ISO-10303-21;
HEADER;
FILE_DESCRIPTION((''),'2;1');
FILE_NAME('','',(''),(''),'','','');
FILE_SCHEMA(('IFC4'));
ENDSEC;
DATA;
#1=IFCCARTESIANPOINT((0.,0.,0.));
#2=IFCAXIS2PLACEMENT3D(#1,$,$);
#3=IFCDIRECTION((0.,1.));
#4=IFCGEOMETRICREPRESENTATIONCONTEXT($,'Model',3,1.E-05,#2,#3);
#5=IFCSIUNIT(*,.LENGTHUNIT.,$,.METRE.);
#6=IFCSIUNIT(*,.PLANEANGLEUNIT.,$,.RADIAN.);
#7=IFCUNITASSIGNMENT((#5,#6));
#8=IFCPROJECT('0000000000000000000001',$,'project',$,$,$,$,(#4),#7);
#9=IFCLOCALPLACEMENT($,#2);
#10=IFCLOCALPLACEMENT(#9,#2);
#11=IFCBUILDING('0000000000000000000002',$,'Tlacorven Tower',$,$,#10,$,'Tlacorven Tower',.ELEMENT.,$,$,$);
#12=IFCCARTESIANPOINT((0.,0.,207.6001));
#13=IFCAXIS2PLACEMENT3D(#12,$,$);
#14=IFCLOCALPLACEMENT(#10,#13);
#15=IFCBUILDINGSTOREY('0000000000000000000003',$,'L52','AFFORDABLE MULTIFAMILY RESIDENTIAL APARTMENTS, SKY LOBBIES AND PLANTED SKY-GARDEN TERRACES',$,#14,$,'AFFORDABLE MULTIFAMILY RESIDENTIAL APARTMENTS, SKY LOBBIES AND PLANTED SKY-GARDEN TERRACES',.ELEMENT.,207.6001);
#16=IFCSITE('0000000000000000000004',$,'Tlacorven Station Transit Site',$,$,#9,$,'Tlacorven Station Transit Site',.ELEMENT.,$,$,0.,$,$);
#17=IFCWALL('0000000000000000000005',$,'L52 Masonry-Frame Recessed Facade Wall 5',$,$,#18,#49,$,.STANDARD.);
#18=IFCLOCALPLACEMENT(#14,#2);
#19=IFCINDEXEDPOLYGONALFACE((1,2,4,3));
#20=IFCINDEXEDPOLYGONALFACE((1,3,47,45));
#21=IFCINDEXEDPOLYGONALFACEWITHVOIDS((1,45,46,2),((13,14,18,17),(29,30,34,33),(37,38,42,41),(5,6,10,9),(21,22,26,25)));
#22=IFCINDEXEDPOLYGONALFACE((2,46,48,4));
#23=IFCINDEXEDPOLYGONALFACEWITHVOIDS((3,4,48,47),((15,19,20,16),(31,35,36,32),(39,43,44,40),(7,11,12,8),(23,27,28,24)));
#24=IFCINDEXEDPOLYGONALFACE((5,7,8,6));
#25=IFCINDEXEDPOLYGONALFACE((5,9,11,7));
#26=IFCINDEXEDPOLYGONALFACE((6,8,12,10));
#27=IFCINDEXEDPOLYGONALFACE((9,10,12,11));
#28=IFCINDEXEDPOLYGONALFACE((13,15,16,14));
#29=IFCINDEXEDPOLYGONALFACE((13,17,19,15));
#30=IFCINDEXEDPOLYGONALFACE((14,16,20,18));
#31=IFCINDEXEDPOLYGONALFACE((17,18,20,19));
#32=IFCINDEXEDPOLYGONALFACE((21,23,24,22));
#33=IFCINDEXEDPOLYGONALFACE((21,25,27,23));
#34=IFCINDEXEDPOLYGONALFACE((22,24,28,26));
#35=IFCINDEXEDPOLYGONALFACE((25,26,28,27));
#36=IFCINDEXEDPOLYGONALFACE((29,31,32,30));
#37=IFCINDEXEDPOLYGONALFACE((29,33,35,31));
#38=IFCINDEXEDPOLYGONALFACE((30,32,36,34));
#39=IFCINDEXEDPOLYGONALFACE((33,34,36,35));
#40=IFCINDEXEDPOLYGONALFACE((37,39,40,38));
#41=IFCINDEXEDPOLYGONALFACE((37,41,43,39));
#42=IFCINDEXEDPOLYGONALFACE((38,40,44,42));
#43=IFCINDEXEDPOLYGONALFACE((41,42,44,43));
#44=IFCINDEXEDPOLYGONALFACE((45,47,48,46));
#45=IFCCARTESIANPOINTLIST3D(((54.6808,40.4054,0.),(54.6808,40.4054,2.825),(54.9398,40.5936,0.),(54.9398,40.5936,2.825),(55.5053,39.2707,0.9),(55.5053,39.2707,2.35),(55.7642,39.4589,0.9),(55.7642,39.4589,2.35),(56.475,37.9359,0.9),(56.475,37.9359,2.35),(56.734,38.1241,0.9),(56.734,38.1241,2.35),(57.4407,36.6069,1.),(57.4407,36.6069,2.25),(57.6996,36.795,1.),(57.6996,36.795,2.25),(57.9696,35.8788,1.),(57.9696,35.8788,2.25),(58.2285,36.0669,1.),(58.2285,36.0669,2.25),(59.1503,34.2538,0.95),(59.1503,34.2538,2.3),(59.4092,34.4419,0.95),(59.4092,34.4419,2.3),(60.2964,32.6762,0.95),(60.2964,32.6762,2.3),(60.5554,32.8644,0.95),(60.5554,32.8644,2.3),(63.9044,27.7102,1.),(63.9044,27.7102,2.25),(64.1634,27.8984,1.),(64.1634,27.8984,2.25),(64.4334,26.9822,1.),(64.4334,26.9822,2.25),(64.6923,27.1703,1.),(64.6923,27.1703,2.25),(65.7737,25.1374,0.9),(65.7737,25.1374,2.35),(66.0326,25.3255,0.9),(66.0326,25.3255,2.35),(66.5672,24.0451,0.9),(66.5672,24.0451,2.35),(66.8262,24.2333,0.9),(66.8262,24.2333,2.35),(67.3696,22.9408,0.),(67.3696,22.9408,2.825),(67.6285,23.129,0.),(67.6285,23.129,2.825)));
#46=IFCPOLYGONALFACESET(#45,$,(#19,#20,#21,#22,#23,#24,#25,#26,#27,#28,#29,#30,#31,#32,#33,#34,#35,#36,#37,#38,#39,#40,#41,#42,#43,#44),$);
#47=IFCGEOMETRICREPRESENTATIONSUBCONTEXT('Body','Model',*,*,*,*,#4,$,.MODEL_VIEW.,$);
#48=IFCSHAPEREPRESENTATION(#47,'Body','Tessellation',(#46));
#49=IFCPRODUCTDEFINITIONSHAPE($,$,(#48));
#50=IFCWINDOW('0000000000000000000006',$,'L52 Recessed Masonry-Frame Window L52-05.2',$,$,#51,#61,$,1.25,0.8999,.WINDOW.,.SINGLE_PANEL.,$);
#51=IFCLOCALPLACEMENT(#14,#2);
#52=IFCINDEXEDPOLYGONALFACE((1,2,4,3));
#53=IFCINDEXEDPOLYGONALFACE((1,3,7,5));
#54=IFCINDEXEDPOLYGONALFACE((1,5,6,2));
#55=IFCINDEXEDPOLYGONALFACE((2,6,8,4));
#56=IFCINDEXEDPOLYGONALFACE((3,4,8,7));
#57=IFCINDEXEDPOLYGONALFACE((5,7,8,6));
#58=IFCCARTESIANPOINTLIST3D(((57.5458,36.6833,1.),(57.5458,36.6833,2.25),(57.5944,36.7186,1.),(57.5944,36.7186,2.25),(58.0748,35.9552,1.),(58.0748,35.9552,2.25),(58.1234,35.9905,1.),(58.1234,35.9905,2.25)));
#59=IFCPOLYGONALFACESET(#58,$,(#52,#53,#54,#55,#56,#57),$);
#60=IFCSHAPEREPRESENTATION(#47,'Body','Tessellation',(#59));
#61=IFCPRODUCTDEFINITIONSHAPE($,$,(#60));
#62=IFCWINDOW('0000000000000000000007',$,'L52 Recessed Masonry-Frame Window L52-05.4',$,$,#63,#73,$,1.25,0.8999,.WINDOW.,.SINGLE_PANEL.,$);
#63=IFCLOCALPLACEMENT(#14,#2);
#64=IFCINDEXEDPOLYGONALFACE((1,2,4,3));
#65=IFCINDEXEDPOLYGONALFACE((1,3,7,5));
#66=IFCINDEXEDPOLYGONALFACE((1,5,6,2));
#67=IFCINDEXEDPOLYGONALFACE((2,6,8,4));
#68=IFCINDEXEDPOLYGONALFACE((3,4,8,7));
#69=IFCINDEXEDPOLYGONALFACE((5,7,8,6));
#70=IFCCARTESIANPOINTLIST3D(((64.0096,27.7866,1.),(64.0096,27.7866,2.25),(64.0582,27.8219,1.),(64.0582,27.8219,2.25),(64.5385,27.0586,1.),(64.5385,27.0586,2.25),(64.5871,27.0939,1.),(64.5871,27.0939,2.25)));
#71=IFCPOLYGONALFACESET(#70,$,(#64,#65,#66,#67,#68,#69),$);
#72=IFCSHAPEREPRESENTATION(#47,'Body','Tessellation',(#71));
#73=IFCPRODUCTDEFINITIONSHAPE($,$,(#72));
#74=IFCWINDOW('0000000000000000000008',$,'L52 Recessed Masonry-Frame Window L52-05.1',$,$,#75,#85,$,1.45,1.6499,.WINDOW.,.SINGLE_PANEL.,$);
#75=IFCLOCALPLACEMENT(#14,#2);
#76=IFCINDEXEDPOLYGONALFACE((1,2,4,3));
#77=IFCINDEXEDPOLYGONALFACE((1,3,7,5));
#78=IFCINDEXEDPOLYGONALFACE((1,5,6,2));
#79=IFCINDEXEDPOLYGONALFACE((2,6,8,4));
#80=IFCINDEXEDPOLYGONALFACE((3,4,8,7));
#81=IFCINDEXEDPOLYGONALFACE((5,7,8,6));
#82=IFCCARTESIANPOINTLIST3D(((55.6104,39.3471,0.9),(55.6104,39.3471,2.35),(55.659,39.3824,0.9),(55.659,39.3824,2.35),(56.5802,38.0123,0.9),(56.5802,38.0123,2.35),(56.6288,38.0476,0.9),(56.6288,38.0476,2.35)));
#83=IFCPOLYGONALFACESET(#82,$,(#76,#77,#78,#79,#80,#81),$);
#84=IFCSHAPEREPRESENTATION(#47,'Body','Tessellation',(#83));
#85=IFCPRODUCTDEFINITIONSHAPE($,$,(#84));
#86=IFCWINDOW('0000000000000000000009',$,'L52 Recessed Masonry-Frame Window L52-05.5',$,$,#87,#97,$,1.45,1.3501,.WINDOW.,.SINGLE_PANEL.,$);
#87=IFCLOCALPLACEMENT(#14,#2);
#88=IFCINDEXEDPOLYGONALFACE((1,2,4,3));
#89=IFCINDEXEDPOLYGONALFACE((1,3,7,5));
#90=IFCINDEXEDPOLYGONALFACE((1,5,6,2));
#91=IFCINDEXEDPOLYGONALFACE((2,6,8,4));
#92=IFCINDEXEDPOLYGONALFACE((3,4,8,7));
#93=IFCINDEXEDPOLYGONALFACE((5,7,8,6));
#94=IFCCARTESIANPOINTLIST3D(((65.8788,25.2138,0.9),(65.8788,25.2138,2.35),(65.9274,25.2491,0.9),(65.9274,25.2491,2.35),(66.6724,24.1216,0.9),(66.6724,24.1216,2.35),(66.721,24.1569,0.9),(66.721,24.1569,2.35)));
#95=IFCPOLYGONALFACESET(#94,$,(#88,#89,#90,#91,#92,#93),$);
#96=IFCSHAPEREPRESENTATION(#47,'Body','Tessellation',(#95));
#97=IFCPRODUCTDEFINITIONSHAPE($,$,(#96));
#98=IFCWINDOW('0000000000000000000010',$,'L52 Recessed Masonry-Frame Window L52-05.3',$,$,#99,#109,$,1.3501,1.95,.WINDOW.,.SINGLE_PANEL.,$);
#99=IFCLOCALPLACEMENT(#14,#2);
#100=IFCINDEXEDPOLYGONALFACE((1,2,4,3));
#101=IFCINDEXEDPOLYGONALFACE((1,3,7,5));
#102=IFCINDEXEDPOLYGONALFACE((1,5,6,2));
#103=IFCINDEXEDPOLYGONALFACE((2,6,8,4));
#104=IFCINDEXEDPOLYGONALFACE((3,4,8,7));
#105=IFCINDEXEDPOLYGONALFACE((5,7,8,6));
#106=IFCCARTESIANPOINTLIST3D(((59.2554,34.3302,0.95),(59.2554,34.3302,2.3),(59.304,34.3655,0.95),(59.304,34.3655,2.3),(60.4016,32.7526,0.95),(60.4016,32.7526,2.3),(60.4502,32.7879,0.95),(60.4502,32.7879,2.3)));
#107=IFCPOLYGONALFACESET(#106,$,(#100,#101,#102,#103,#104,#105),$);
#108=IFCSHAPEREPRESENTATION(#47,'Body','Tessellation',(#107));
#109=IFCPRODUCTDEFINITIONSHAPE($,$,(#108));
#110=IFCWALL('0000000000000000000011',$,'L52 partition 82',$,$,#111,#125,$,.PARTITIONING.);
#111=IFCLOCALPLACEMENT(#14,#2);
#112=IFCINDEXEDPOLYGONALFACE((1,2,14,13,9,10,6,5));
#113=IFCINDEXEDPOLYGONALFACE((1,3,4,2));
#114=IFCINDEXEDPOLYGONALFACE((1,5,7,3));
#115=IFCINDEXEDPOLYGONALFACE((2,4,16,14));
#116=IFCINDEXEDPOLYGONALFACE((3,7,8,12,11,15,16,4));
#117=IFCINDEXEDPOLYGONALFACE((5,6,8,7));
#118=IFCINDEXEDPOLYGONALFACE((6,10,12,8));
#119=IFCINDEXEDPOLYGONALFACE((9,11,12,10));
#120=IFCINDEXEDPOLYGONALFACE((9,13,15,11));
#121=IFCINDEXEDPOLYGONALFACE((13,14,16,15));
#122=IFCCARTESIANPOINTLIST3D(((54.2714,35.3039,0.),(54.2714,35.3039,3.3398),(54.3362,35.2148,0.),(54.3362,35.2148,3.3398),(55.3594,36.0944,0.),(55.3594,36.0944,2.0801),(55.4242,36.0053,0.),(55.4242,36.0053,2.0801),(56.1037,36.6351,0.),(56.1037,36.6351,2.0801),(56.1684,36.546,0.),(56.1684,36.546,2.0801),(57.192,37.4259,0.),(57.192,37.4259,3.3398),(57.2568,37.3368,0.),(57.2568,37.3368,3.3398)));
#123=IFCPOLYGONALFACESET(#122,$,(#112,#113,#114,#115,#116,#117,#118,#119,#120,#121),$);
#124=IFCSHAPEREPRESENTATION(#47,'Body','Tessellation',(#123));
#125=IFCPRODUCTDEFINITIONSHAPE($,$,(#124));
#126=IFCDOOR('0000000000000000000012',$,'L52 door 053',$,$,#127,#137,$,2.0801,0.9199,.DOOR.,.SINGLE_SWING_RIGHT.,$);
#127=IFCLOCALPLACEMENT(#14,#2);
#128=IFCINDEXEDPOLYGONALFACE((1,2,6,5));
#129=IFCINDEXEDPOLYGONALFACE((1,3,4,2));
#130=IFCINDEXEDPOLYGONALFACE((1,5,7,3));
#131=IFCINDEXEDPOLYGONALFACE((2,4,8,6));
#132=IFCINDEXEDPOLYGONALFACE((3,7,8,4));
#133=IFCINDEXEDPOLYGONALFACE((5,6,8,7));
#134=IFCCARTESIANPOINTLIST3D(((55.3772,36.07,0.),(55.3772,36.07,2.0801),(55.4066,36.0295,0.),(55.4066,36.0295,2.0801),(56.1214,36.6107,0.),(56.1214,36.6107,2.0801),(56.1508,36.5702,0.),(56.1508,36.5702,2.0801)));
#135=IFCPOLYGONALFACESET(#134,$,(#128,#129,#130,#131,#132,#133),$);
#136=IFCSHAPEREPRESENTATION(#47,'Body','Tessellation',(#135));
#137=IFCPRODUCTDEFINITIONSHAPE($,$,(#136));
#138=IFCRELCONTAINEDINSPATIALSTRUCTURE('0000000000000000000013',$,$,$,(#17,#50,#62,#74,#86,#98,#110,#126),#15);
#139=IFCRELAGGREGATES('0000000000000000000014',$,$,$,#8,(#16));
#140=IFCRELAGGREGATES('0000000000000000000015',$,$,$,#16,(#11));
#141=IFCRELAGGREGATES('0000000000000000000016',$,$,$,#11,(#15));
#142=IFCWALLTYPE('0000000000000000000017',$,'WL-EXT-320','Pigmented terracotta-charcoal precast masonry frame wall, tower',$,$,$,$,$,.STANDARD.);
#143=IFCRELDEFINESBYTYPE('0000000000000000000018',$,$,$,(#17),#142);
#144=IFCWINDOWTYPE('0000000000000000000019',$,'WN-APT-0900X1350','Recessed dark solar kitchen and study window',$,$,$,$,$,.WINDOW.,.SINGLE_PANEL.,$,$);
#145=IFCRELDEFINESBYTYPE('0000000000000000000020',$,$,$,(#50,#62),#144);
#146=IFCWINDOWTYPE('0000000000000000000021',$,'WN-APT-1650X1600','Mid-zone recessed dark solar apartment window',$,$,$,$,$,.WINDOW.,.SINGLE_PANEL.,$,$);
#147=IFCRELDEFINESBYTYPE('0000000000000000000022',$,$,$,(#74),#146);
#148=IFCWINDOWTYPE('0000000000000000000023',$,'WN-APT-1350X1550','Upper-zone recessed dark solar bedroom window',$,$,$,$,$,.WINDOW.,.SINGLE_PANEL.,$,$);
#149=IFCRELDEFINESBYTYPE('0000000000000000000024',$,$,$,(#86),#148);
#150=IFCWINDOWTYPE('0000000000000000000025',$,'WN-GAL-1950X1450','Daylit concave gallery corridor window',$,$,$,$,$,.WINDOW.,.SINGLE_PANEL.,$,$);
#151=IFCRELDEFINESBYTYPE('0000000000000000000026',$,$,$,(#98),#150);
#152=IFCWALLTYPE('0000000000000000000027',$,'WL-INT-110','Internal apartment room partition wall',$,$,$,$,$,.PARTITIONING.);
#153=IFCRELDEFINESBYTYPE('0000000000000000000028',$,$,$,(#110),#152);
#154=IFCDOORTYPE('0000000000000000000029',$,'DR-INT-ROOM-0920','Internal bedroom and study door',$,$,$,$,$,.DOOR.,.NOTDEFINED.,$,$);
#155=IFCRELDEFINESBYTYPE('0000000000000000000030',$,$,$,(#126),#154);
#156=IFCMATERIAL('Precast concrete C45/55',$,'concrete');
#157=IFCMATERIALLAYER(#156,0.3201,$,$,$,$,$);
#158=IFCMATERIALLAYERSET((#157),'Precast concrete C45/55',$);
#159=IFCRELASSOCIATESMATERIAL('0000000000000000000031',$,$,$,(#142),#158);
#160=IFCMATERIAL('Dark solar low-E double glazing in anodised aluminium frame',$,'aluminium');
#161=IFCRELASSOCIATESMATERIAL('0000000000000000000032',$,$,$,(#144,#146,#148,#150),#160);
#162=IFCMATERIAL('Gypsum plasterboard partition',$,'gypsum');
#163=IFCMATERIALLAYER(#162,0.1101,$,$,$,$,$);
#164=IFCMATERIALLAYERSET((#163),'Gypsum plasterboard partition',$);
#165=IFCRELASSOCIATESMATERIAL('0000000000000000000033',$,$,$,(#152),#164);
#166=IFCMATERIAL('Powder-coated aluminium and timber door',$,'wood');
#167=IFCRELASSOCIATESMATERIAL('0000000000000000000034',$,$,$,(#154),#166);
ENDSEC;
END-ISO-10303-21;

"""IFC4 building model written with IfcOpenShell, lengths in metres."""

from ifc_helpers import new_model, si_unit, direction, frame, frame_2d, origin, place, context, subcontext, project, spatial, rectangle, extrude, source, transform, mapped, material, layer, layer_set, type_object, element, fill, save


model = new_model("IFC4")

# Units and contexts
model_context = context("Model", 3, precision=1e-05, world=origin(), true_north=direction((0.0, 1.0)))
body_context = subcontext(model_context, "Body", "Model", "MODEL_VIEW")
ifc_project = project(units=[si_unit("LENGTHUNIT", "METRE"), si_unit("PLANEANGLEUNIT", "RADIAN")], contexts=[model_context])

# Site, building, storey
site_placement = place(None, origin())
site = spatial("IfcSite", under=ifc_project, at=site_placement, Name="Tlacorven Station Transit Site", LongName="Tlacorven Station Transit Site", CompositionType="ELEMENT", RefElevation=0.0)
building_placement = place(site_placement, origin())
building = spatial("IfcBuilding", under=site, at=building_placement, Name="Tlacorven Tower", LongName="Tlacorven Tower", CompositionType="ELEMENT")
storey_placement = place(building_placement, frame((0.0, 0.0, 207.6001)))
storey = spatial("IfcBuildingStorey", under=building, at=storey_placement, Name="L52", Description="AFFORDABLE MULTIFAMILY RESIDENTIAL APARTMENTS, SKY LOBBIES AND PLANTED SKY-GARDEN TERRACES", LongName="AFFORDABLE MULTIFAMILY RESIDENTIAL APARTMENTS, SKY LOBBIES AND PLANTED SKY-GARDEN TERRACES", CompositionType="ELEMENT", Elevation=207.6001)

# Wall, openings, windows
ifc_material_1 = material(Name="Precast concrete C45/55", Category="concrete")
ifc_layer_1 = layer(ifc_material_1, 0.3201)
ifc_layer_set_1 = layer_set([ifc_layer_1], Name="Precast concrete C45/55")
wall_type_1 = type_object("IfcWallType", Name="WL-EXT-320", Description="Pigmented terracotta-charcoal precast masonry frame wall, tower", PredefinedType="STANDARD", material=ifc_layer_set_1)
wall_1_placement = place(storey_placement, frame((54.8103, 40.4995, 0.0), z_axis=(0.0, 0.0, 1.0), x_axis=(0.587784, -0.809018, 0.0)))
wall_1 = element("IfcWall", 1, at=wall_1_placement, inside=storey, type_object=wall_type_1, Name="L52 Masonry-Frame Recessed Facade Wall 5", PredefinedType="STANDARD", context=body_context, shape_type="SweptSolid", body=[
    extrude(rectangle(XDim=21.5874, YDim=0.3201, at=frame_2d((10.7937, 0.0))), origin(), (0.0, 0.0, 1.0), 2.825),
])
opening_1_placement = place(wall_1_placement, frame((1.4026, 0.0, 0.8999)))
opening_1 = element("IfcOpeningElement", 2, at=opening_1_placement, cuts=wall_1, PredefinedType="OPENING", context=body_context, shape_type="SweptSolid", body=[
    extrude(rectangle(XDim=1.6499, YDim=1.45, at=frame_2d((0.825, 0.7251))), frame((0.0, 0.1699, 0.0), z_axis=(0.0, -1.0, 0.0), x_axis=(1.0, 0.0, 0.0)), (0.0, 0.0, 1.0), 0.3401),
])
opening_2_placement = place(wall_1_placement, frame((4.6953, 0.0, 1.0)))
opening_2 = element("IfcOpeningElement", 3, at=opening_2_placement, cuts=wall_1, PredefinedType="OPENING", context=body_context, shape_type="SweptSolid", body=[
    extrude(rectangle(XDim=0.8999, YDim=1.25, at=frame_2d((0.45, 0.625))), frame((0.0, 0.1699, 0.0), z_axis=(0.0, -1.0, 0.0), x_axis=(1.0, 0.0, 0.0)), (0.0, 0.0, 1.0), 0.3401),
])
opening_3_placement = place(wall_1_placement, frame((7.6038, 0.0, 0.95)))
opening_3 = element("IfcOpeningElement", 4, at=opening_3_placement, cuts=wall_1, PredefinedType="OPENING", context=body_context, shape_type="SweptSolid", body=[
    extrude(rectangle(XDim=1.95, YDim=1.3501, at=frame_2d((0.9751, 0.675))), frame((0.0, 0.1699, 0.0), z_axis=(0.0, -1.0, 0.0), x_axis=(1.0, 0.0, 0.0)), (0.0, 0.0, 1.0), 0.3401),
])
opening_4_placement = place(wall_1_placement, frame((15.6921, 0.0, 1.0)))
opening_4 = element("IfcOpeningElement", 5, at=opening_4_placement, cuts=wall_1, PredefinedType="OPENING", context=body_context, shape_type="SweptSolid", body=[
    extrude(rectangle(XDim=0.8999, YDim=1.25, at=frame_2d((0.45, 0.625))), frame((0.0, 0.1699, 0.0), z_axis=(0.0, -1.0, 0.0), x_axis=(1.0, 0.0, 0.0)), (0.0, 0.0, 1.0), 0.3401),
])
opening_5_placement = place(wall_1_placement, frame((18.8723, 0.0, 0.8999)))
opening_5 = element("IfcOpeningElement", 6, at=opening_5_placement, cuts=wall_1, PredefinedType="OPENING", context=body_context, shape_type="SweptSolid", body=[
    extrude(rectangle(XDim=1.3501, YDim=1.45, at=frame_2d((0.675, 0.7251))), frame((0.0, 0.1699, 0.0), z_axis=(0.0, -1.0, 0.0), x_axis=(1.0, 0.0, 0.0)), (0.0, 0.0, 1.0), 0.3401),
])
ifc_material_2 = material(Name="Dark solar low-E double glazing in anodised aluminium frame", Category="aluminium")
window_type_1 = type_object("IfcWindowType", Name="WN-APT-0900X1350", Description="Recessed dark solar kitchen and study window", PartitioningType="SINGLE_PANEL", PredefinedType="WINDOW", material=ifc_material_2)
shared_shape_1 = source(origin(), body_context, "Body", "SweptSolid", [
    extrude(rectangle(XDim=0.8999, YDim=1.25, at=frame_2d((0.45, 0.625))), frame((0.0, 0.03, 0.0), z_axis=(0.0, -1.0, 0.0), x_axis=(1.0, 0.0, 0.0)), (0.0, 0.0, 1.0), 0.0601),
])
window_1_placement = place(opening_2_placement, origin())
window_1 = element("IfcWindow", 7, at=window_1_placement, inside=storey, type_object=window_type_1, Name="L52 Recessed Masonry-Frame Window L52-05.2", OverallHeight=1.25, OverallWidth=0.8999, PartitioningType="SINGLE_PANEL", PredefinedType="WINDOW", context=body_context, shape_type="MappedRepresentation", body=[
    mapped(shared_shape_1, transform((0.0, 0.0, 0.0), scale=1.0)),
])
fill(opening_2, window_1)
window_2_placement = place(opening_4_placement, origin())
window_2 = element("IfcWindow", 8, at=window_2_placement, inside=storey, type_object=window_type_1, Name="L52 Recessed Masonry-Frame Window L52-05.4", OverallHeight=1.25, OverallWidth=0.8999, PartitioningType="SINGLE_PANEL", PredefinedType="WINDOW", context=body_context, shape_type="MappedRepresentation", body=[
    mapped(shared_shape_1, transform((0.0, 0.0, 0.0), scale=1.0)),
])
fill(opening_4, window_2)
window_type_2 = type_object("IfcWindowType", Name="WN-APT-1650X1600", Description="Mid-zone recessed dark solar apartment window", PartitioningType="SINGLE_PANEL", PredefinedType="WINDOW", material=ifc_material_2)
shared_shape_2 = source(origin(), body_context, "Body", "SweptSolid", [
    extrude(rectangle(XDim=1.6499, YDim=1.45, at=frame_2d((0.825, 0.7251))), frame((0.0, 0.03, 0.0), z_axis=(0.0, -1.0, 0.0), x_axis=(1.0, 0.0, 0.0)), (0.0, 0.0, 1.0), 0.0601),
])
window_3_placement = place(opening_1_placement, origin())
window_3 = element("IfcWindow", 9, at=window_3_placement, inside=storey, type_object=window_type_2, Name="L52 Recessed Masonry-Frame Window L52-05.1", OverallHeight=1.45, OverallWidth=1.6499, PartitioningType="SINGLE_PANEL", PredefinedType="WINDOW", context=body_context, shape_type="MappedRepresentation", body=[
    mapped(shared_shape_2, transform((0.0, 0.0, 0.0), scale=1.0)),
])
fill(opening_1, window_3)
window_type_3 = type_object("IfcWindowType", Name="WN-APT-1350X1550", Description="Upper-zone recessed dark solar bedroom window", PartitioningType="SINGLE_PANEL", PredefinedType="WINDOW", material=ifc_material_2)
shared_shape_3 = source(origin(), body_context, "Body", "SweptSolid", [
    extrude(rectangle(XDim=1.3501, YDim=1.45, at=frame_2d((0.675, 0.7251))), frame((0.0, 0.03, 0.0), z_axis=(0.0, -1.0, 0.0), x_axis=(1.0, 0.0, 0.0)), (0.0, 0.0, 1.0), 0.0601),
])
window_4_placement = place(opening_5_placement, origin())
window_4 = element("IfcWindow", 10, at=window_4_placement, inside=storey, type_object=window_type_3, Name="L52 Recessed Masonry-Frame Window L52-05.5", OverallHeight=1.45, OverallWidth=1.3501, PartitioningType="SINGLE_PANEL", PredefinedType="WINDOW", context=body_context, shape_type="MappedRepresentation", body=[
    mapped(shared_shape_3, transform((0.0, 0.0, 0.0), scale=1.0)),
])
fill(opening_5, window_4)
window_type_4 = type_object("IfcWindowType", Name="WN-GAL-1950X1450", Description="Daylit concave gallery corridor window", PartitioningType="SINGLE_PANEL", PredefinedType="WINDOW", material=ifc_material_2)
shared_shape_4 = source(origin(), body_context, "Body", "SweptSolid", [
    extrude(rectangle(XDim=1.95, YDim=1.3501, at=frame_2d((0.9751, 0.675))), frame((0.0, 0.03, 0.0), z_axis=(0.0, -1.0, 0.0), x_axis=(1.0, 0.0, 0.0)), (0.0, 0.0, 1.0), 0.0601),
])
window_5_placement = place(opening_3_placement, origin())
window_5 = element("IfcWindow", 11, at=window_5_placement, inside=storey, type_object=window_type_4, Name="L52 Recessed Masonry-Frame Window L52-05.3", OverallHeight=1.3501, OverallWidth=1.95, PartitioningType="SINGLE_PANEL", PredefinedType="WINDOW", context=body_context, shape_type="MappedRepresentation", body=[
    mapped(shared_shape_4, transform((0.0, 0.0, 0.0), scale=1.0)),
])
fill(opening_3, window_5)

# Wall, opening, door
ifc_material_3 = material(Name="Gypsum plasterboard partition", Category="gypsum")
ifc_layer_2 = layer(ifc_material_3, 0.1101)
ifc_layer_set_2 = layer_set([ifc_layer_2], Name="Gypsum plasterboard partition")
wall_type_2 = type_object("IfcWallType", Name="WL-INT-110", Description="Internal apartment room partition wall", PredefinedType="PARTITIONING", material=ifc_layer_set_2)
wall_2_placement = place(storey_placement, frame((54.3037, 35.2593, 0.0), z_axis=(0.0, 0.0, 1.0), x_axis=(0.809005, 0.587802, 0.0)))
wall_2 = element("IfcWall", 12, at=wall_2_placement, inside=storey, type_object=wall_type_2, Name="L52 partition 82", PredefinedType="PARTITIONING", context=body_context, shape_type="SweptSolid", body=[
    extrude(rectangle(XDim=3.6101, YDim=0.1101, at=frame_2d((1.8052, 0.0))), origin(), (0.0, 0.0, 1.0), 3.3398),
])
opening_6_placement = place(wall_2_placement, frame((1.345, 0.0, 0.0)))
opening_6 = element("IfcOpeningElement", 13, at=opening_6_placement, cuts=wall_2, PredefinedType="OPENING", context=body_context, shape_type="SweptSolid", body=[
    extrude(rectangle(XDim=0.9199, YDim=2.0801, at=frame_2d((0.46, 1.04))), frame((0.0, 0.0649, 0.0), z_axis=(0.0, -1.0, 0.0), x_axis=(1.0, 0.0, 0.0)), (0.0, 0.0, 1.0), 0.1301),
])
ifc_material_4 = material(Name="Powder-coated aluminium and timber door", Category="wood")
door_type_1 = type_object("IfcDoorType", Name="DR-INT-ROOM-0920", Description="Internal bedroom and study door", OperationType="NOTDEFINED", PredefinedType="DOOR", material=ifc_material_4)
shared_shape_5 = source(origin(), body_context, "Body", "SweptSolid", [
    extrude(rectangle(XDim=0.9199, YDim=2.0801, at=frame_2d((0.46, 1.04))), frame((0.0, 0.0249, 0.0), z_axis=(0.0, -1.0, 0.0), x_axis=(1.0, 0.0, 0.0)), (0.0, 0.0, 1.0), 0.05),
])
door_1_placement = place(opening_6_placement, origin())
door_1 = element("IfcDoor", 14, at=door_1_placement, inside=storey, type_object=door_type_1, Name="L52 door 053", OperationType="SINGLE_SWING_RIGHT", OverallHeight=2.0801, OverallWidth=0.9199, PredefinedType="DOOR", context=body_context, shape_type="MappedRepresentation", body=[
    mapped(shared_shape_5, transform((0.0, 0.0, 0.0), scale=1.0)),
])
fill(opening_6, door_1)

save(model, "model.ifc")
